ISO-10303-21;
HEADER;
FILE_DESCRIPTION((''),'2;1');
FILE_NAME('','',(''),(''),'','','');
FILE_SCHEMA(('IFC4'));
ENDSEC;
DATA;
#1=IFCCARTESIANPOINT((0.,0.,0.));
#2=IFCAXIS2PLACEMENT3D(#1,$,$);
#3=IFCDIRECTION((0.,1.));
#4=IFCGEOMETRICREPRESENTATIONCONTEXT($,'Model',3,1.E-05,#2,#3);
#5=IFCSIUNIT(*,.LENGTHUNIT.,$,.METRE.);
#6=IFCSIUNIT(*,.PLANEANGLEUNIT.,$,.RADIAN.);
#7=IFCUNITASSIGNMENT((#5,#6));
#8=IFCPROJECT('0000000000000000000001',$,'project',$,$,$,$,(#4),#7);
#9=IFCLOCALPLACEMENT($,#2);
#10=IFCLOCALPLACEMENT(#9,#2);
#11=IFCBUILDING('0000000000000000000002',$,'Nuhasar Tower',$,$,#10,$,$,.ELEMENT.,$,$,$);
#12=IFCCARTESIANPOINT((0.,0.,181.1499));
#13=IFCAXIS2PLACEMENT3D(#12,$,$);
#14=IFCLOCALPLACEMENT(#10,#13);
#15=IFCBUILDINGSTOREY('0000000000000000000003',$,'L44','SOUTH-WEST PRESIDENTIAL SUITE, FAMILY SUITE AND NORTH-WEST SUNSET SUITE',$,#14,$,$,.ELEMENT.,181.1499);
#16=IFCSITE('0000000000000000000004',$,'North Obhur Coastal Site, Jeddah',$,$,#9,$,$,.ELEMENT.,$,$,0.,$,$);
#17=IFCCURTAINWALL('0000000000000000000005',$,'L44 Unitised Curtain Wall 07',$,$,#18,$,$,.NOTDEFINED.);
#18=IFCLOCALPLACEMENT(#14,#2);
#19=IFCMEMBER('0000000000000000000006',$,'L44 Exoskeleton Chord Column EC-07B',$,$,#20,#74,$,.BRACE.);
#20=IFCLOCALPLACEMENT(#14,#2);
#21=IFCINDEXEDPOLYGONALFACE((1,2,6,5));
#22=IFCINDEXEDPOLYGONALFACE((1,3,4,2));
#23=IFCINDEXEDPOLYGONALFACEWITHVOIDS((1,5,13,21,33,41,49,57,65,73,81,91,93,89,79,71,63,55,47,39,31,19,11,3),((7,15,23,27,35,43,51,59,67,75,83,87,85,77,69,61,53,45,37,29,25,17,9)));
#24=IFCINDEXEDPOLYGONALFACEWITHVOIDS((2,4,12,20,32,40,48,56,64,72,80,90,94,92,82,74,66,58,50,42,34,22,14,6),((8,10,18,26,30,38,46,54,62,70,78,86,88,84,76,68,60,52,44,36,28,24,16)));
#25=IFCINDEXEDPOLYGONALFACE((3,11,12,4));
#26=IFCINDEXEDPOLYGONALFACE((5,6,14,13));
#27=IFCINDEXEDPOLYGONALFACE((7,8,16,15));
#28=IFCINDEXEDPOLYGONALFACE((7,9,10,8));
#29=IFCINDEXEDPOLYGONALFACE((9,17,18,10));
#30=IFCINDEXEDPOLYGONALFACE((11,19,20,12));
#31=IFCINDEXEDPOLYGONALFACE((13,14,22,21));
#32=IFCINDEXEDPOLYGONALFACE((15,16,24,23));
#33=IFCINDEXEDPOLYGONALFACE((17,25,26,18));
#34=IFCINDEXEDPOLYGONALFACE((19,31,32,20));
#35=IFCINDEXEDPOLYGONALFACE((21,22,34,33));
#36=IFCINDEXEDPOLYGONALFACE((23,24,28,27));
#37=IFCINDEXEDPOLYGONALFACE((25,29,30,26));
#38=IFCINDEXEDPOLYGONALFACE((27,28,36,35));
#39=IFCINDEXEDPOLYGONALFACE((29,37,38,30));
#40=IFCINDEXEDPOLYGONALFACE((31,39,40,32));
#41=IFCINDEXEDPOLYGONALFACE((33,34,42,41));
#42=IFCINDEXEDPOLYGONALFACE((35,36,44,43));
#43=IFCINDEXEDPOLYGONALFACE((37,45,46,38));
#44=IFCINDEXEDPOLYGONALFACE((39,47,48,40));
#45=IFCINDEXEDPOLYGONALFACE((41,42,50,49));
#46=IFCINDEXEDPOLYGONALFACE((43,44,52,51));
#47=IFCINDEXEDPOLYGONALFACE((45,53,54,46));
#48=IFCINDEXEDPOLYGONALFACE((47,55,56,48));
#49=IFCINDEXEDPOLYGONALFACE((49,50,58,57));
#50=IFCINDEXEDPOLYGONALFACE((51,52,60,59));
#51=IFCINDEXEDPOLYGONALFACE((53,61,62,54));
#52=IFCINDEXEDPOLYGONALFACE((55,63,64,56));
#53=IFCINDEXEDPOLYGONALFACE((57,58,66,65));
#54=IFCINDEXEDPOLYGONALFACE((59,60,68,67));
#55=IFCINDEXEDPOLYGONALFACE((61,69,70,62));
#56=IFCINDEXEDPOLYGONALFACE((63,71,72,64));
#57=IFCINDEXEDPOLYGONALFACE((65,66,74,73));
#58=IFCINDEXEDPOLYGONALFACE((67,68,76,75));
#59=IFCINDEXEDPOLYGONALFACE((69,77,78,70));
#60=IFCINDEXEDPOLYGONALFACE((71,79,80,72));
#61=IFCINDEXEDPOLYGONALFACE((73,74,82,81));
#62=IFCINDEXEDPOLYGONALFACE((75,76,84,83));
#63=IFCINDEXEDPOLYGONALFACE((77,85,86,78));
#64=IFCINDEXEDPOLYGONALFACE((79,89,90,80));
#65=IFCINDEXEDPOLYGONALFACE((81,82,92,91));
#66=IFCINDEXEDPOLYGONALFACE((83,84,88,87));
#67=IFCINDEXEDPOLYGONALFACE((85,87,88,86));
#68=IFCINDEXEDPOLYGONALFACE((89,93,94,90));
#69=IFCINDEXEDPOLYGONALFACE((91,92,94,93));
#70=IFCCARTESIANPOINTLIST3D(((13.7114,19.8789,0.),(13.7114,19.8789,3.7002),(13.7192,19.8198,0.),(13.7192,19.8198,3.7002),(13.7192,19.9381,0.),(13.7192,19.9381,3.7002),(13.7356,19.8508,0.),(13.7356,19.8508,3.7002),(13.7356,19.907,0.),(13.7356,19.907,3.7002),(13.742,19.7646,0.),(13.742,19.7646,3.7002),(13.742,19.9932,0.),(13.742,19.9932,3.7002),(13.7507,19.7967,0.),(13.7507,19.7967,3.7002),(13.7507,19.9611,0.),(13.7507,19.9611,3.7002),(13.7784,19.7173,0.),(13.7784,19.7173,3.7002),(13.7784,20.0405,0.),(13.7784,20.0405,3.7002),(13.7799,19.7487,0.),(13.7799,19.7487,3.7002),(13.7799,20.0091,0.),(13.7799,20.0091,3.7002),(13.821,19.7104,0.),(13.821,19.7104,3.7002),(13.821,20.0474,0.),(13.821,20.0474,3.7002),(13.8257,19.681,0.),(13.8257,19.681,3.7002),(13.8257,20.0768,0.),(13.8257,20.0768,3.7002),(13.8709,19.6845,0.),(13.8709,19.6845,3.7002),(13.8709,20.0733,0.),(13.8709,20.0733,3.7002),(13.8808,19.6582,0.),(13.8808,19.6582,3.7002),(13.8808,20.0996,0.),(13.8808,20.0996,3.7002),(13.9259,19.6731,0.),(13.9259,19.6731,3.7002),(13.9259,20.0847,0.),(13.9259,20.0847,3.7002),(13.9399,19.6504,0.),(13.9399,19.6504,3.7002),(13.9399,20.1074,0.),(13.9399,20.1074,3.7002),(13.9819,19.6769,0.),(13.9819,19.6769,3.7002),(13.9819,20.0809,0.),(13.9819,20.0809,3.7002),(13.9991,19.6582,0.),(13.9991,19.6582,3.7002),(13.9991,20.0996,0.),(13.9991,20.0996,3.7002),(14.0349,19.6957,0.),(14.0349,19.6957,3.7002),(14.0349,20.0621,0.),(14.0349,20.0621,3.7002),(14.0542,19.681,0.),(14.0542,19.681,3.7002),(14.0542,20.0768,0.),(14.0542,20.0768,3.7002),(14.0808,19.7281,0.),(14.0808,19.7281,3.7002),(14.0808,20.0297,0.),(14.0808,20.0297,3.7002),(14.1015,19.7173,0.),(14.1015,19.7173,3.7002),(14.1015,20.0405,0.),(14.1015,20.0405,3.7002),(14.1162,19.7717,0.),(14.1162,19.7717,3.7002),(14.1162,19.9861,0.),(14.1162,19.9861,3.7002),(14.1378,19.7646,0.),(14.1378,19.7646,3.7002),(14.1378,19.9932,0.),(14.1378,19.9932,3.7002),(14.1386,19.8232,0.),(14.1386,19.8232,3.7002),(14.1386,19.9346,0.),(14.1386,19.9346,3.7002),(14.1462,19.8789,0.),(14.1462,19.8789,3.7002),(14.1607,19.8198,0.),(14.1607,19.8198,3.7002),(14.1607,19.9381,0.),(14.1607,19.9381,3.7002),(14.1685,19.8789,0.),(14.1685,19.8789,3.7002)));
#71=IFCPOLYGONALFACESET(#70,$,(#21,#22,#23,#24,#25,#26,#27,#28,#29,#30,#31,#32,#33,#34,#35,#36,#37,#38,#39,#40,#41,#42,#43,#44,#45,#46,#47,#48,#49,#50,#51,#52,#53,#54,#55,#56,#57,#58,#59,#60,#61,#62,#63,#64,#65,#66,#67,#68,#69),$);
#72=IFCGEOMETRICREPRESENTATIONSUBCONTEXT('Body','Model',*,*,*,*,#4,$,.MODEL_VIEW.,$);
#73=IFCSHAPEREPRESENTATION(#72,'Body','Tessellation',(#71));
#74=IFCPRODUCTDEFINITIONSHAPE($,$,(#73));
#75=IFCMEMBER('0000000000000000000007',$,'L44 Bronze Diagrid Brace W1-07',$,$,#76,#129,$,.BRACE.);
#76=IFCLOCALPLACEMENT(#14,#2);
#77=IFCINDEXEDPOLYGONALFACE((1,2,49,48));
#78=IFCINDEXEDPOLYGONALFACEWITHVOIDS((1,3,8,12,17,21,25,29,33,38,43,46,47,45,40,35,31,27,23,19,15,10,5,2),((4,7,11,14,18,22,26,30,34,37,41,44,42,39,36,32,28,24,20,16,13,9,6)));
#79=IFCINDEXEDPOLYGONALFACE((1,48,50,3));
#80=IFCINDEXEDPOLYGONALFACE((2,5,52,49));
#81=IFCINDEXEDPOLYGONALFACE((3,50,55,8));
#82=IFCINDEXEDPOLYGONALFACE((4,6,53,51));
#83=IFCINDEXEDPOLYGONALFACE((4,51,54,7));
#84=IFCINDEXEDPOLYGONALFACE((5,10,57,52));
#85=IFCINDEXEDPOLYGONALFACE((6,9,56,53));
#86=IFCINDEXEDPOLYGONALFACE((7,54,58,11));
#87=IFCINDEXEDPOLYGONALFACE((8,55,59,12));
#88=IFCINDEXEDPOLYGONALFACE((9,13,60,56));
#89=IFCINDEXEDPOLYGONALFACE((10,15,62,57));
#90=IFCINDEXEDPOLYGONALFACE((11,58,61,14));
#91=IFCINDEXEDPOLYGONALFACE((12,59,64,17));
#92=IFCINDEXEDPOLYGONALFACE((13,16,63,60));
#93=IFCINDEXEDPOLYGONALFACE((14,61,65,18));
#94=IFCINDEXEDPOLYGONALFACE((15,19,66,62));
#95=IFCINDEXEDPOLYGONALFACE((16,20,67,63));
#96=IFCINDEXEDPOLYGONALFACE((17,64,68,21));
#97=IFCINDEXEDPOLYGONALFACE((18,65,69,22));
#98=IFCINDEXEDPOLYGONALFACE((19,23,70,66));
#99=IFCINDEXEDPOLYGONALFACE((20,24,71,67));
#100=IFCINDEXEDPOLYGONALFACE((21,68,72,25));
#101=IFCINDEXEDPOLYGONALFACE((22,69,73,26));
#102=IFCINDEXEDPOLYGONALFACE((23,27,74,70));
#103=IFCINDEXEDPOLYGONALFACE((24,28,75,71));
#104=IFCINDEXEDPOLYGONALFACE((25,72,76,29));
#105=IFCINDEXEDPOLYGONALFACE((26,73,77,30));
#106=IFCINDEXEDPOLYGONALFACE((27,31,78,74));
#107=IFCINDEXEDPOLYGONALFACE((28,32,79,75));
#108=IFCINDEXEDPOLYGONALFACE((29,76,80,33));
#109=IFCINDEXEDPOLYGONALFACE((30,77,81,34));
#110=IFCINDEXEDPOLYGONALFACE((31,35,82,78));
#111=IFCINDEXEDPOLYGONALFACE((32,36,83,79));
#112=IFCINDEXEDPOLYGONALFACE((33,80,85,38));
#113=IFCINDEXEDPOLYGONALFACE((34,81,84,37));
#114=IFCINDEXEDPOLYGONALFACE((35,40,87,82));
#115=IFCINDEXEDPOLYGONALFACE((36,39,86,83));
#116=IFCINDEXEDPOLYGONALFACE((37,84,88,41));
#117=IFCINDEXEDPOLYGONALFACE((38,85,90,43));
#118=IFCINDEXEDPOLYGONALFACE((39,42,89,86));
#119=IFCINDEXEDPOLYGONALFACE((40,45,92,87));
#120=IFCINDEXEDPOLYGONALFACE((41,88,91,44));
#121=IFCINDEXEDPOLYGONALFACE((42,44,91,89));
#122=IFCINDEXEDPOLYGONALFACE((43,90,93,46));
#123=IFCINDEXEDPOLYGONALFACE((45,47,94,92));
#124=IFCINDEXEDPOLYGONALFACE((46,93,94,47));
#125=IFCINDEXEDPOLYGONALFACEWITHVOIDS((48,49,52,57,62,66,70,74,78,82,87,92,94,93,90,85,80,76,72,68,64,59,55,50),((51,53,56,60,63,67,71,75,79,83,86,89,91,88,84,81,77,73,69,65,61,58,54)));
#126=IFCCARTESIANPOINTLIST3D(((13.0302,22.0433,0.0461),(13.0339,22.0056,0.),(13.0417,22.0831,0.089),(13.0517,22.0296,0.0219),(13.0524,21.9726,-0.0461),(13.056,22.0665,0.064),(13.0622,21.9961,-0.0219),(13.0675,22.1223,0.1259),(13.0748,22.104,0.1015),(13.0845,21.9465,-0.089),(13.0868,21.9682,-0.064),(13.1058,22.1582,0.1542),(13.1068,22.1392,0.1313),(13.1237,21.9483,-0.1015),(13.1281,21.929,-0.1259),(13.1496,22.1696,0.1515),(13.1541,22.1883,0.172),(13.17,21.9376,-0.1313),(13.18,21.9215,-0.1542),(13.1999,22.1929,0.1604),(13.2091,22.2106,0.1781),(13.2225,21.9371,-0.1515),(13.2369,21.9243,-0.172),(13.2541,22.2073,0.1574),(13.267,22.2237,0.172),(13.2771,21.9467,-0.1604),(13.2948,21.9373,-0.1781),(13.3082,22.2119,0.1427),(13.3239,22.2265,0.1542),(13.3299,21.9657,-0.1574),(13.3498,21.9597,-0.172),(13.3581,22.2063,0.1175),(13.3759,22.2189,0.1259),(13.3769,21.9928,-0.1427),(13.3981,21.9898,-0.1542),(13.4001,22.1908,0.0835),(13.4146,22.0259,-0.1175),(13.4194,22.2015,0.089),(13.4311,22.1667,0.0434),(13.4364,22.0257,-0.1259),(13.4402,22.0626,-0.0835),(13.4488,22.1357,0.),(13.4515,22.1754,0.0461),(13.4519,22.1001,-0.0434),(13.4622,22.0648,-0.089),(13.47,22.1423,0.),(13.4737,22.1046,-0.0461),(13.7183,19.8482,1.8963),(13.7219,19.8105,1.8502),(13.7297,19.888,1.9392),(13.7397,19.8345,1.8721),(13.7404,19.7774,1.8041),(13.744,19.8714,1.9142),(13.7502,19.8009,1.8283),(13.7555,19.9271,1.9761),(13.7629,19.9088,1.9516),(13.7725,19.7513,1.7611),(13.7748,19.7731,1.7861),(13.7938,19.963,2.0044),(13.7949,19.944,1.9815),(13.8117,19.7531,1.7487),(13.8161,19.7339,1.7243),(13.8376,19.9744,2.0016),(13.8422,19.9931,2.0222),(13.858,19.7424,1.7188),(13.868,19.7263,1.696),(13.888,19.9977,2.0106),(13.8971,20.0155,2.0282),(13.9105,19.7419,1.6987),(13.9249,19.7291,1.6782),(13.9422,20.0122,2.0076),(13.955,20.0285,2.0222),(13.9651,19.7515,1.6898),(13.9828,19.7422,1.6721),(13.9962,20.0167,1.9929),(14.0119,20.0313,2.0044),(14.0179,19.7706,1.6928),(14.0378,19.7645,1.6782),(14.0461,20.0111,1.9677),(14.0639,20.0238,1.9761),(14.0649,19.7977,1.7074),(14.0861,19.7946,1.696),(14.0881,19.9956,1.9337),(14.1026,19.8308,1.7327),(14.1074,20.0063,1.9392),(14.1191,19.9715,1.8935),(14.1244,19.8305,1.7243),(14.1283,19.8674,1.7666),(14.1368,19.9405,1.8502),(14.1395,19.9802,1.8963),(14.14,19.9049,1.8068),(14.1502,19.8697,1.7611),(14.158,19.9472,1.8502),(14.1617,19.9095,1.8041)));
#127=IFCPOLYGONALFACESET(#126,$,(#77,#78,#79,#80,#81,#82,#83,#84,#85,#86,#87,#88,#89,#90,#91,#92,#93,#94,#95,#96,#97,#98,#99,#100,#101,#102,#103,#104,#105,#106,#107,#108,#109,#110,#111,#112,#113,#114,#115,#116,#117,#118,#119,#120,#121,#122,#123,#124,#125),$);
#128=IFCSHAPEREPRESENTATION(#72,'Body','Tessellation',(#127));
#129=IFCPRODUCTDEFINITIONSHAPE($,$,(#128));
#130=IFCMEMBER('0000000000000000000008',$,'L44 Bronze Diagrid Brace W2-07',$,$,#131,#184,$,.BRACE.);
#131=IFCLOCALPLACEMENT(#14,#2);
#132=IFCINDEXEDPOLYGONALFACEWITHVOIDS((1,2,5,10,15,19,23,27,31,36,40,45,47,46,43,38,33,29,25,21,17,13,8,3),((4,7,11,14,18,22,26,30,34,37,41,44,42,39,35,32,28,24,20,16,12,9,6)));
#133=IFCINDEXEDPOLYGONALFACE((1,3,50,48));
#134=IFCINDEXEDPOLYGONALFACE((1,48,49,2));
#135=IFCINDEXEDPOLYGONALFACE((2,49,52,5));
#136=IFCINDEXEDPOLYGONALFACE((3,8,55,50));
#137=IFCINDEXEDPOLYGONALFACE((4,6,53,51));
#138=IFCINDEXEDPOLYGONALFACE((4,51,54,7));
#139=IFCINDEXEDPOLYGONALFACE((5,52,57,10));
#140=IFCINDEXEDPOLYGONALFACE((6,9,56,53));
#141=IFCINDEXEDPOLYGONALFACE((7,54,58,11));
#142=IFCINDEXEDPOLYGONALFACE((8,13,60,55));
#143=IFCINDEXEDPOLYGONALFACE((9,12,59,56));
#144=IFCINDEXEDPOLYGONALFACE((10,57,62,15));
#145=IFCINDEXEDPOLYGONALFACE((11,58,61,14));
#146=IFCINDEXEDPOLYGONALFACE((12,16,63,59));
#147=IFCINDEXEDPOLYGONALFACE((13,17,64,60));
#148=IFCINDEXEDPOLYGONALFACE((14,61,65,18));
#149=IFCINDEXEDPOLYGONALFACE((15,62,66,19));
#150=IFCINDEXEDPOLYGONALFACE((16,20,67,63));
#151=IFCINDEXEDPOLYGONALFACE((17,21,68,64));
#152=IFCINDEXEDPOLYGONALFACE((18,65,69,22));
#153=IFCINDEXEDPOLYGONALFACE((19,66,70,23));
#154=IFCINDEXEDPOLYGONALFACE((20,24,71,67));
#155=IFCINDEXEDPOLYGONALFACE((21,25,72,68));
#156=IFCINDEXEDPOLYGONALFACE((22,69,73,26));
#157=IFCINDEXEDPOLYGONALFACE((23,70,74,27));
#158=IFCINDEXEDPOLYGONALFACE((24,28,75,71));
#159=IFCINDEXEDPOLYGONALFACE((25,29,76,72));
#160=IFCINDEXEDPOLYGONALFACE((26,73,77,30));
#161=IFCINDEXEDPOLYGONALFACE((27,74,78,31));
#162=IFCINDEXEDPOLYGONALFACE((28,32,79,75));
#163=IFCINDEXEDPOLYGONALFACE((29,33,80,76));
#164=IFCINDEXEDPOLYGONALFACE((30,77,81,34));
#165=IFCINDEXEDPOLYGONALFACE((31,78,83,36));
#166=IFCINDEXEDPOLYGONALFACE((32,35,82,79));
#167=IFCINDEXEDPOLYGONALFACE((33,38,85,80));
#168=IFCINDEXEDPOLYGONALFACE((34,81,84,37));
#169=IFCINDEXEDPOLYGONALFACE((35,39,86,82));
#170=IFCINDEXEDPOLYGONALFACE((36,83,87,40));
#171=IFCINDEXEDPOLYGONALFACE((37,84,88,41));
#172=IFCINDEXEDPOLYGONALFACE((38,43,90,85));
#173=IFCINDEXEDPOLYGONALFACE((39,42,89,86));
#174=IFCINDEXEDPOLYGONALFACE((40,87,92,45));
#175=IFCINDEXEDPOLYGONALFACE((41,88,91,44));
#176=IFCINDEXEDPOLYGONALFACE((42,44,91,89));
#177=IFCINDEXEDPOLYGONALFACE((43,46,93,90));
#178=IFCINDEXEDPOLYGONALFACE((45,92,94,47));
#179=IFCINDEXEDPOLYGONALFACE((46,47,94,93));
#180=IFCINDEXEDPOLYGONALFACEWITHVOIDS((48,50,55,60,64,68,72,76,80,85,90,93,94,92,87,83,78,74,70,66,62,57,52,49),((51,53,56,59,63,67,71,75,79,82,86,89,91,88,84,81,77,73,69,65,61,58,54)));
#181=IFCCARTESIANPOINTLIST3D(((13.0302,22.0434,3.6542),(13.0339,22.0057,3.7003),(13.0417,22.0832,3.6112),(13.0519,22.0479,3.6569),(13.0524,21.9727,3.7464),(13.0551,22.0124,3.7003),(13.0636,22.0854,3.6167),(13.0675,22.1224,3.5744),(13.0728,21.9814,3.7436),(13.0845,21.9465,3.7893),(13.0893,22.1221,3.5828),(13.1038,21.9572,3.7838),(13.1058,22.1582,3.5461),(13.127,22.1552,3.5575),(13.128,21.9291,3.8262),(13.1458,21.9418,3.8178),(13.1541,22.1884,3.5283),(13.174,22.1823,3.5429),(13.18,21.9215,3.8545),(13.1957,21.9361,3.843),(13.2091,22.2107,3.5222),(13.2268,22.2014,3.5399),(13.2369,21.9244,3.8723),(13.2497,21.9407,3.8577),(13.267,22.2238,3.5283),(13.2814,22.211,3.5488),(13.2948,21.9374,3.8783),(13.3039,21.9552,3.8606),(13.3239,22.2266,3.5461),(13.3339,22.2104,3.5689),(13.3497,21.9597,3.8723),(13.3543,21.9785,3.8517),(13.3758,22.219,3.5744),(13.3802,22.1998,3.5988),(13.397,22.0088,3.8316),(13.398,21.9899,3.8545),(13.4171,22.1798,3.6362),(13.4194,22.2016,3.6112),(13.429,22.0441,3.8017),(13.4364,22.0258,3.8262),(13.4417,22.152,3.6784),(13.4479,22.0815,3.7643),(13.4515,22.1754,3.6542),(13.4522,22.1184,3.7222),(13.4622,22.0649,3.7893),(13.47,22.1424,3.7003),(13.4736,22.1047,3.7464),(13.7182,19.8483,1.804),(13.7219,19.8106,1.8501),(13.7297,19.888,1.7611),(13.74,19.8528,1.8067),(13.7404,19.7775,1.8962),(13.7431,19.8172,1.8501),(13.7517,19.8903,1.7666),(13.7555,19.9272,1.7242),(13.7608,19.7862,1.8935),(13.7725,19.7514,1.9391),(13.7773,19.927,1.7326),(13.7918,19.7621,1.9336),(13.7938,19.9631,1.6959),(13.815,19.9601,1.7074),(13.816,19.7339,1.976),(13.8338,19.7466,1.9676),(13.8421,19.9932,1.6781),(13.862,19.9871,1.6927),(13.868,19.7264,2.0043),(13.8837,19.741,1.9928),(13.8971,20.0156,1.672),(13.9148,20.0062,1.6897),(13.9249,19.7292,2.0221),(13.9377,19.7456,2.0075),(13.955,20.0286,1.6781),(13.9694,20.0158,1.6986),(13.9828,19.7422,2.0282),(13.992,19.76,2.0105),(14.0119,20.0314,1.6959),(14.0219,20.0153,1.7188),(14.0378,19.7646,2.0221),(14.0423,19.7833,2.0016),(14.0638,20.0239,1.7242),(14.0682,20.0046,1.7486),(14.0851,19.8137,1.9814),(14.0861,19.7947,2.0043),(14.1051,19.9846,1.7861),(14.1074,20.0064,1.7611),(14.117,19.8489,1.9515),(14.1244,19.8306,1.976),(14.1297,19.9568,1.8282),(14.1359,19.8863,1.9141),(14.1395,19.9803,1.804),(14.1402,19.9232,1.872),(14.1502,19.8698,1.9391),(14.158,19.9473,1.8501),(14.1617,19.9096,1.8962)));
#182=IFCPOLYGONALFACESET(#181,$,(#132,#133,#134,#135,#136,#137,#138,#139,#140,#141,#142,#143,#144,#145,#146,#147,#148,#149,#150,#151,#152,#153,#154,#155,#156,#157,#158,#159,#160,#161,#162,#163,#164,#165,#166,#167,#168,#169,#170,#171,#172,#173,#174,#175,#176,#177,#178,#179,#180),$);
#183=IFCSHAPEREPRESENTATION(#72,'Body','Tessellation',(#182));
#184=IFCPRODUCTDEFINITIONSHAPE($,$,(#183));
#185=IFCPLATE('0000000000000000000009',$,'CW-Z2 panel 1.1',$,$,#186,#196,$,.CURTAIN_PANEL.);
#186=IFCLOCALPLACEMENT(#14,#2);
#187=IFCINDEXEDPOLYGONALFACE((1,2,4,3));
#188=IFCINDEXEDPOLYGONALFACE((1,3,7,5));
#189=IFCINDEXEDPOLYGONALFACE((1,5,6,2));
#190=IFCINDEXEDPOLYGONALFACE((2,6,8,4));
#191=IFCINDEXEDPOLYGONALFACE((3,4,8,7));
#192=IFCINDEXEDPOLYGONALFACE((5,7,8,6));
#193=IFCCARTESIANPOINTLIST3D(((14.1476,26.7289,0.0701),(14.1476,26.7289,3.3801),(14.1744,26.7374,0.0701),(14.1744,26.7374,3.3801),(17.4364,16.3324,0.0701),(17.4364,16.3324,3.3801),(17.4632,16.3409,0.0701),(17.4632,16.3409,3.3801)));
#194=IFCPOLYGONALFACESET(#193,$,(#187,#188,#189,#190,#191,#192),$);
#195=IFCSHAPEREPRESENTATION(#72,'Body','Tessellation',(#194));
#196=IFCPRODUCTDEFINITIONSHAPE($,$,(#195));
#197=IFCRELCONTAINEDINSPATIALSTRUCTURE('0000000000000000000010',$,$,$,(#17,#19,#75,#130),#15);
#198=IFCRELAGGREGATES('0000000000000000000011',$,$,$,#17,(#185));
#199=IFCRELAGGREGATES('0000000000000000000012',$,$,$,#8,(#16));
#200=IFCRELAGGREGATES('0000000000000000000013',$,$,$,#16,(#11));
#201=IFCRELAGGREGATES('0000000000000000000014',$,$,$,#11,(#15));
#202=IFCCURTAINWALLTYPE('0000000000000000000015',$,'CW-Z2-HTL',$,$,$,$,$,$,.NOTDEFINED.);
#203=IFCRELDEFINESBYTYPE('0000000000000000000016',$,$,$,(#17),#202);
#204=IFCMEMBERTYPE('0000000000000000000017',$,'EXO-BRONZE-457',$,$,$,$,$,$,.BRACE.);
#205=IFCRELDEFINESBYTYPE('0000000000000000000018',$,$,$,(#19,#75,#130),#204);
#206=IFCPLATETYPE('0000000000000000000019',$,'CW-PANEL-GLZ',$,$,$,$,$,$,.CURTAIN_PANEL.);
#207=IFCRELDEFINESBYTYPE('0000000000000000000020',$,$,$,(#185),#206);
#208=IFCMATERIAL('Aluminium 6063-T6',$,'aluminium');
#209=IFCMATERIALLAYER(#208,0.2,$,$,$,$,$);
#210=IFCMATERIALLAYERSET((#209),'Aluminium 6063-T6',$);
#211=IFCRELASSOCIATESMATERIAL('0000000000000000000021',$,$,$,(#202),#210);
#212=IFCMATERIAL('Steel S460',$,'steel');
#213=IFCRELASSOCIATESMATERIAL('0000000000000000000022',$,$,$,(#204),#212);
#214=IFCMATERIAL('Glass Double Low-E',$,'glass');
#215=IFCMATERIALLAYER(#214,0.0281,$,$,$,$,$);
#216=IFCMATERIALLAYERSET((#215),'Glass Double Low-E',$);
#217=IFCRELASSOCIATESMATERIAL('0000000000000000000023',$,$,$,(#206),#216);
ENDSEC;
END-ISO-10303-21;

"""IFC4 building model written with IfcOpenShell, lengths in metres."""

from ifc_helpers import new_model, si_unit, direction, frame, origin, origin_2d, place, context, subcontext, project, spatial, rectangle, hollow_circle, extrude, material, layer, layer_set, material_profile, profile_set, type_object, element, aggregate, save


model = new_model("IFC4")

# Units and contexts
model_context = context("Model", 3, precision=1e-05, world=origin(), true_north=direction((0.0, 1.0)))
body_context = subcontext(model_context, "Body", "Model", "MODEL_VIEW")
ifc_project = project(units=[si_unit("LENGTHUNIT", "METRE"), si_unit("PLANEANGLEUNIT", "RADIAN")], contexts=[model_context])

# Site, building, storey
site_placement = place(None, origin())
site = spatial("IfcSite", under=ifc_project, at=site_placement, Name="North Obhur Coastal Site, Jeddah", CompositionType="ELEMENT", RefElevation=0.0)
building_placement = place(site_placement, origin())
building = spatial("IfcBuilding", under=site, at=building_placement, Name="Nuhasar Tower", CompositionType="ELEMENT")
storey_placement = place(building_placement, frame((0.0, 0.0, 181.1499)))
storey = spatial("IfcBuildingStorey", under=building, at=storey_placement, Name="L44", Description="SOUTH-WEST PRESIDENTIAL SUITE, FAMILY SUITE AND NORTH-WEST SUNSET SUITE", CompositionType="ELEMENT", Elevation=181.1499)

# Curtain wall
ifc_material_1 = material(Name="Aluminium 6063-T6", Category="aluminium")
ifc_layer_1 = layer(ifc_material_1, 0.2)
ifc_layer_set_1 = layer_set([ifc_layer_1], Name="Aluminium 6063-T6")
curtain_wall_type = type_object("IfcCurtainWallType", Name="CW-Z2-HTL", PredefinedType="NOTDEFINED", material=ifc_layer_set_1)
curtain_wall_1_placement = place(storey_placement, origin())
curtain_wall_1 = element("IfcCurtainWall", 1, at=curtain_wall_1_placement, inside=storey, type_object=curtain_wall_type, Name="L44 Unitised Curtain Wall 07", PredefinedType="NOTDEFINED")

# Members
ifc_material_2 = material(Name="Steel S460", Category="steel")
ifc_material_profile_1 = material_profile(ifc_material_2, hollow_circle(Radius=0.2285, WallThickness=0.0222, at=origin_2d()), Name="HSS457X22.2")
ifc_profile_set_1 = profile_set([ifc_material_profile_1], Name="Steel S460")
member_type_1 = type_object("IfcMemberType", Name="EXO-BRONZE-457", PredefinedType="BRACE", material=ifc_profile_set_1)
for number, where, z_axis, x_axis, name in (
    (2, (13.9399, 19.8789, 0.0), (0.0, 0.0, 1.0), (1.0, 0.0, 0.0), "L44 Exoskeleton Chord Column EC-07B"),
):
    element("IfcMember", number, at=place(storey_placement, frame(where, z_axis=z_axis, x_axis=x_axis)), inside=storey, type_object=member_type_1, Name=name, PredefinedType="BRACE", context=body_context, shape_type="SweptSolid", body=[
        extrude(hollow_circle(Radius=0.2285, WallThickness=0.0222, at=origin_2d()), origin(), (0.0, 0.0, 1.0), 3.7002),
    ])
for number, where, z_axis, x_axis, name in (
    (3, (13.252, 22.074, 0.0), (0.233056, -0.743578, 0.626719), (0.954228, 0.299079, 0.0), "L44 Bronze Diagrid Brace W1-07"),
    (4, (13.9399, 19.8789, 1.8501), (-0.233056, 0.743578, 0.626719), (-0.954228, -0.299079, 0.0), "L44 Bronze Diagrid Brace W2-07"),
):
    element("IfcMember", number, at=place(storey_placement, frame(where, z_axis=z_axis, x_axis=x_axis)), inside=storey, type_object=member_type_1, Name=name, PredefinedType="BRACE", context=body_context, shape_type="SweptSolid", body=[
        extrude(hollow_circle(Radius=0.2285, WallThickness=0.0222, at=origin_2d()), origin(), (0.0, 0.0, 1.0), 2.9521),
    ])

# Plate
ifc_material_3 = material(Name="Glass Double Low-E", Category="glass")
ifc_layer_2 = layer(ifc_material_3, 0.0281)
ifc_layer_set_2 = layer_set([ifc_layer_2], Name="Glass Double Low-E")
plate_type = type_object("IfcPlateType", Name="CW-PANEL-GLZ", PredefinedType="CURTAIN_PANEL", material=ifc_layer_set_2)
plate_placement = place(storey_placement, frame((15.8054, 21.5349, 0.0701), z_axis=(0.0, 0.0, 1.0), x_axis=(0.301604, -0.953433, 0.0)))
plate = element("IfcPlate", 5, at=plate_placement, type_object=plate_type, Name="CW-Z2 panel 1.1", PredefinedType="CURTAIN_PANEL", context=body_context, shape_type="SweptSolid", body=[
    extrude(rectangle(XDim=10.9043, YDim=0.0281, at=origin_2d()), origin(), (0.0, 0.0, 1.0), 3.3101),
])
aggregate(curtain_wall_1, [plate])

save(model, "model.ifc")
